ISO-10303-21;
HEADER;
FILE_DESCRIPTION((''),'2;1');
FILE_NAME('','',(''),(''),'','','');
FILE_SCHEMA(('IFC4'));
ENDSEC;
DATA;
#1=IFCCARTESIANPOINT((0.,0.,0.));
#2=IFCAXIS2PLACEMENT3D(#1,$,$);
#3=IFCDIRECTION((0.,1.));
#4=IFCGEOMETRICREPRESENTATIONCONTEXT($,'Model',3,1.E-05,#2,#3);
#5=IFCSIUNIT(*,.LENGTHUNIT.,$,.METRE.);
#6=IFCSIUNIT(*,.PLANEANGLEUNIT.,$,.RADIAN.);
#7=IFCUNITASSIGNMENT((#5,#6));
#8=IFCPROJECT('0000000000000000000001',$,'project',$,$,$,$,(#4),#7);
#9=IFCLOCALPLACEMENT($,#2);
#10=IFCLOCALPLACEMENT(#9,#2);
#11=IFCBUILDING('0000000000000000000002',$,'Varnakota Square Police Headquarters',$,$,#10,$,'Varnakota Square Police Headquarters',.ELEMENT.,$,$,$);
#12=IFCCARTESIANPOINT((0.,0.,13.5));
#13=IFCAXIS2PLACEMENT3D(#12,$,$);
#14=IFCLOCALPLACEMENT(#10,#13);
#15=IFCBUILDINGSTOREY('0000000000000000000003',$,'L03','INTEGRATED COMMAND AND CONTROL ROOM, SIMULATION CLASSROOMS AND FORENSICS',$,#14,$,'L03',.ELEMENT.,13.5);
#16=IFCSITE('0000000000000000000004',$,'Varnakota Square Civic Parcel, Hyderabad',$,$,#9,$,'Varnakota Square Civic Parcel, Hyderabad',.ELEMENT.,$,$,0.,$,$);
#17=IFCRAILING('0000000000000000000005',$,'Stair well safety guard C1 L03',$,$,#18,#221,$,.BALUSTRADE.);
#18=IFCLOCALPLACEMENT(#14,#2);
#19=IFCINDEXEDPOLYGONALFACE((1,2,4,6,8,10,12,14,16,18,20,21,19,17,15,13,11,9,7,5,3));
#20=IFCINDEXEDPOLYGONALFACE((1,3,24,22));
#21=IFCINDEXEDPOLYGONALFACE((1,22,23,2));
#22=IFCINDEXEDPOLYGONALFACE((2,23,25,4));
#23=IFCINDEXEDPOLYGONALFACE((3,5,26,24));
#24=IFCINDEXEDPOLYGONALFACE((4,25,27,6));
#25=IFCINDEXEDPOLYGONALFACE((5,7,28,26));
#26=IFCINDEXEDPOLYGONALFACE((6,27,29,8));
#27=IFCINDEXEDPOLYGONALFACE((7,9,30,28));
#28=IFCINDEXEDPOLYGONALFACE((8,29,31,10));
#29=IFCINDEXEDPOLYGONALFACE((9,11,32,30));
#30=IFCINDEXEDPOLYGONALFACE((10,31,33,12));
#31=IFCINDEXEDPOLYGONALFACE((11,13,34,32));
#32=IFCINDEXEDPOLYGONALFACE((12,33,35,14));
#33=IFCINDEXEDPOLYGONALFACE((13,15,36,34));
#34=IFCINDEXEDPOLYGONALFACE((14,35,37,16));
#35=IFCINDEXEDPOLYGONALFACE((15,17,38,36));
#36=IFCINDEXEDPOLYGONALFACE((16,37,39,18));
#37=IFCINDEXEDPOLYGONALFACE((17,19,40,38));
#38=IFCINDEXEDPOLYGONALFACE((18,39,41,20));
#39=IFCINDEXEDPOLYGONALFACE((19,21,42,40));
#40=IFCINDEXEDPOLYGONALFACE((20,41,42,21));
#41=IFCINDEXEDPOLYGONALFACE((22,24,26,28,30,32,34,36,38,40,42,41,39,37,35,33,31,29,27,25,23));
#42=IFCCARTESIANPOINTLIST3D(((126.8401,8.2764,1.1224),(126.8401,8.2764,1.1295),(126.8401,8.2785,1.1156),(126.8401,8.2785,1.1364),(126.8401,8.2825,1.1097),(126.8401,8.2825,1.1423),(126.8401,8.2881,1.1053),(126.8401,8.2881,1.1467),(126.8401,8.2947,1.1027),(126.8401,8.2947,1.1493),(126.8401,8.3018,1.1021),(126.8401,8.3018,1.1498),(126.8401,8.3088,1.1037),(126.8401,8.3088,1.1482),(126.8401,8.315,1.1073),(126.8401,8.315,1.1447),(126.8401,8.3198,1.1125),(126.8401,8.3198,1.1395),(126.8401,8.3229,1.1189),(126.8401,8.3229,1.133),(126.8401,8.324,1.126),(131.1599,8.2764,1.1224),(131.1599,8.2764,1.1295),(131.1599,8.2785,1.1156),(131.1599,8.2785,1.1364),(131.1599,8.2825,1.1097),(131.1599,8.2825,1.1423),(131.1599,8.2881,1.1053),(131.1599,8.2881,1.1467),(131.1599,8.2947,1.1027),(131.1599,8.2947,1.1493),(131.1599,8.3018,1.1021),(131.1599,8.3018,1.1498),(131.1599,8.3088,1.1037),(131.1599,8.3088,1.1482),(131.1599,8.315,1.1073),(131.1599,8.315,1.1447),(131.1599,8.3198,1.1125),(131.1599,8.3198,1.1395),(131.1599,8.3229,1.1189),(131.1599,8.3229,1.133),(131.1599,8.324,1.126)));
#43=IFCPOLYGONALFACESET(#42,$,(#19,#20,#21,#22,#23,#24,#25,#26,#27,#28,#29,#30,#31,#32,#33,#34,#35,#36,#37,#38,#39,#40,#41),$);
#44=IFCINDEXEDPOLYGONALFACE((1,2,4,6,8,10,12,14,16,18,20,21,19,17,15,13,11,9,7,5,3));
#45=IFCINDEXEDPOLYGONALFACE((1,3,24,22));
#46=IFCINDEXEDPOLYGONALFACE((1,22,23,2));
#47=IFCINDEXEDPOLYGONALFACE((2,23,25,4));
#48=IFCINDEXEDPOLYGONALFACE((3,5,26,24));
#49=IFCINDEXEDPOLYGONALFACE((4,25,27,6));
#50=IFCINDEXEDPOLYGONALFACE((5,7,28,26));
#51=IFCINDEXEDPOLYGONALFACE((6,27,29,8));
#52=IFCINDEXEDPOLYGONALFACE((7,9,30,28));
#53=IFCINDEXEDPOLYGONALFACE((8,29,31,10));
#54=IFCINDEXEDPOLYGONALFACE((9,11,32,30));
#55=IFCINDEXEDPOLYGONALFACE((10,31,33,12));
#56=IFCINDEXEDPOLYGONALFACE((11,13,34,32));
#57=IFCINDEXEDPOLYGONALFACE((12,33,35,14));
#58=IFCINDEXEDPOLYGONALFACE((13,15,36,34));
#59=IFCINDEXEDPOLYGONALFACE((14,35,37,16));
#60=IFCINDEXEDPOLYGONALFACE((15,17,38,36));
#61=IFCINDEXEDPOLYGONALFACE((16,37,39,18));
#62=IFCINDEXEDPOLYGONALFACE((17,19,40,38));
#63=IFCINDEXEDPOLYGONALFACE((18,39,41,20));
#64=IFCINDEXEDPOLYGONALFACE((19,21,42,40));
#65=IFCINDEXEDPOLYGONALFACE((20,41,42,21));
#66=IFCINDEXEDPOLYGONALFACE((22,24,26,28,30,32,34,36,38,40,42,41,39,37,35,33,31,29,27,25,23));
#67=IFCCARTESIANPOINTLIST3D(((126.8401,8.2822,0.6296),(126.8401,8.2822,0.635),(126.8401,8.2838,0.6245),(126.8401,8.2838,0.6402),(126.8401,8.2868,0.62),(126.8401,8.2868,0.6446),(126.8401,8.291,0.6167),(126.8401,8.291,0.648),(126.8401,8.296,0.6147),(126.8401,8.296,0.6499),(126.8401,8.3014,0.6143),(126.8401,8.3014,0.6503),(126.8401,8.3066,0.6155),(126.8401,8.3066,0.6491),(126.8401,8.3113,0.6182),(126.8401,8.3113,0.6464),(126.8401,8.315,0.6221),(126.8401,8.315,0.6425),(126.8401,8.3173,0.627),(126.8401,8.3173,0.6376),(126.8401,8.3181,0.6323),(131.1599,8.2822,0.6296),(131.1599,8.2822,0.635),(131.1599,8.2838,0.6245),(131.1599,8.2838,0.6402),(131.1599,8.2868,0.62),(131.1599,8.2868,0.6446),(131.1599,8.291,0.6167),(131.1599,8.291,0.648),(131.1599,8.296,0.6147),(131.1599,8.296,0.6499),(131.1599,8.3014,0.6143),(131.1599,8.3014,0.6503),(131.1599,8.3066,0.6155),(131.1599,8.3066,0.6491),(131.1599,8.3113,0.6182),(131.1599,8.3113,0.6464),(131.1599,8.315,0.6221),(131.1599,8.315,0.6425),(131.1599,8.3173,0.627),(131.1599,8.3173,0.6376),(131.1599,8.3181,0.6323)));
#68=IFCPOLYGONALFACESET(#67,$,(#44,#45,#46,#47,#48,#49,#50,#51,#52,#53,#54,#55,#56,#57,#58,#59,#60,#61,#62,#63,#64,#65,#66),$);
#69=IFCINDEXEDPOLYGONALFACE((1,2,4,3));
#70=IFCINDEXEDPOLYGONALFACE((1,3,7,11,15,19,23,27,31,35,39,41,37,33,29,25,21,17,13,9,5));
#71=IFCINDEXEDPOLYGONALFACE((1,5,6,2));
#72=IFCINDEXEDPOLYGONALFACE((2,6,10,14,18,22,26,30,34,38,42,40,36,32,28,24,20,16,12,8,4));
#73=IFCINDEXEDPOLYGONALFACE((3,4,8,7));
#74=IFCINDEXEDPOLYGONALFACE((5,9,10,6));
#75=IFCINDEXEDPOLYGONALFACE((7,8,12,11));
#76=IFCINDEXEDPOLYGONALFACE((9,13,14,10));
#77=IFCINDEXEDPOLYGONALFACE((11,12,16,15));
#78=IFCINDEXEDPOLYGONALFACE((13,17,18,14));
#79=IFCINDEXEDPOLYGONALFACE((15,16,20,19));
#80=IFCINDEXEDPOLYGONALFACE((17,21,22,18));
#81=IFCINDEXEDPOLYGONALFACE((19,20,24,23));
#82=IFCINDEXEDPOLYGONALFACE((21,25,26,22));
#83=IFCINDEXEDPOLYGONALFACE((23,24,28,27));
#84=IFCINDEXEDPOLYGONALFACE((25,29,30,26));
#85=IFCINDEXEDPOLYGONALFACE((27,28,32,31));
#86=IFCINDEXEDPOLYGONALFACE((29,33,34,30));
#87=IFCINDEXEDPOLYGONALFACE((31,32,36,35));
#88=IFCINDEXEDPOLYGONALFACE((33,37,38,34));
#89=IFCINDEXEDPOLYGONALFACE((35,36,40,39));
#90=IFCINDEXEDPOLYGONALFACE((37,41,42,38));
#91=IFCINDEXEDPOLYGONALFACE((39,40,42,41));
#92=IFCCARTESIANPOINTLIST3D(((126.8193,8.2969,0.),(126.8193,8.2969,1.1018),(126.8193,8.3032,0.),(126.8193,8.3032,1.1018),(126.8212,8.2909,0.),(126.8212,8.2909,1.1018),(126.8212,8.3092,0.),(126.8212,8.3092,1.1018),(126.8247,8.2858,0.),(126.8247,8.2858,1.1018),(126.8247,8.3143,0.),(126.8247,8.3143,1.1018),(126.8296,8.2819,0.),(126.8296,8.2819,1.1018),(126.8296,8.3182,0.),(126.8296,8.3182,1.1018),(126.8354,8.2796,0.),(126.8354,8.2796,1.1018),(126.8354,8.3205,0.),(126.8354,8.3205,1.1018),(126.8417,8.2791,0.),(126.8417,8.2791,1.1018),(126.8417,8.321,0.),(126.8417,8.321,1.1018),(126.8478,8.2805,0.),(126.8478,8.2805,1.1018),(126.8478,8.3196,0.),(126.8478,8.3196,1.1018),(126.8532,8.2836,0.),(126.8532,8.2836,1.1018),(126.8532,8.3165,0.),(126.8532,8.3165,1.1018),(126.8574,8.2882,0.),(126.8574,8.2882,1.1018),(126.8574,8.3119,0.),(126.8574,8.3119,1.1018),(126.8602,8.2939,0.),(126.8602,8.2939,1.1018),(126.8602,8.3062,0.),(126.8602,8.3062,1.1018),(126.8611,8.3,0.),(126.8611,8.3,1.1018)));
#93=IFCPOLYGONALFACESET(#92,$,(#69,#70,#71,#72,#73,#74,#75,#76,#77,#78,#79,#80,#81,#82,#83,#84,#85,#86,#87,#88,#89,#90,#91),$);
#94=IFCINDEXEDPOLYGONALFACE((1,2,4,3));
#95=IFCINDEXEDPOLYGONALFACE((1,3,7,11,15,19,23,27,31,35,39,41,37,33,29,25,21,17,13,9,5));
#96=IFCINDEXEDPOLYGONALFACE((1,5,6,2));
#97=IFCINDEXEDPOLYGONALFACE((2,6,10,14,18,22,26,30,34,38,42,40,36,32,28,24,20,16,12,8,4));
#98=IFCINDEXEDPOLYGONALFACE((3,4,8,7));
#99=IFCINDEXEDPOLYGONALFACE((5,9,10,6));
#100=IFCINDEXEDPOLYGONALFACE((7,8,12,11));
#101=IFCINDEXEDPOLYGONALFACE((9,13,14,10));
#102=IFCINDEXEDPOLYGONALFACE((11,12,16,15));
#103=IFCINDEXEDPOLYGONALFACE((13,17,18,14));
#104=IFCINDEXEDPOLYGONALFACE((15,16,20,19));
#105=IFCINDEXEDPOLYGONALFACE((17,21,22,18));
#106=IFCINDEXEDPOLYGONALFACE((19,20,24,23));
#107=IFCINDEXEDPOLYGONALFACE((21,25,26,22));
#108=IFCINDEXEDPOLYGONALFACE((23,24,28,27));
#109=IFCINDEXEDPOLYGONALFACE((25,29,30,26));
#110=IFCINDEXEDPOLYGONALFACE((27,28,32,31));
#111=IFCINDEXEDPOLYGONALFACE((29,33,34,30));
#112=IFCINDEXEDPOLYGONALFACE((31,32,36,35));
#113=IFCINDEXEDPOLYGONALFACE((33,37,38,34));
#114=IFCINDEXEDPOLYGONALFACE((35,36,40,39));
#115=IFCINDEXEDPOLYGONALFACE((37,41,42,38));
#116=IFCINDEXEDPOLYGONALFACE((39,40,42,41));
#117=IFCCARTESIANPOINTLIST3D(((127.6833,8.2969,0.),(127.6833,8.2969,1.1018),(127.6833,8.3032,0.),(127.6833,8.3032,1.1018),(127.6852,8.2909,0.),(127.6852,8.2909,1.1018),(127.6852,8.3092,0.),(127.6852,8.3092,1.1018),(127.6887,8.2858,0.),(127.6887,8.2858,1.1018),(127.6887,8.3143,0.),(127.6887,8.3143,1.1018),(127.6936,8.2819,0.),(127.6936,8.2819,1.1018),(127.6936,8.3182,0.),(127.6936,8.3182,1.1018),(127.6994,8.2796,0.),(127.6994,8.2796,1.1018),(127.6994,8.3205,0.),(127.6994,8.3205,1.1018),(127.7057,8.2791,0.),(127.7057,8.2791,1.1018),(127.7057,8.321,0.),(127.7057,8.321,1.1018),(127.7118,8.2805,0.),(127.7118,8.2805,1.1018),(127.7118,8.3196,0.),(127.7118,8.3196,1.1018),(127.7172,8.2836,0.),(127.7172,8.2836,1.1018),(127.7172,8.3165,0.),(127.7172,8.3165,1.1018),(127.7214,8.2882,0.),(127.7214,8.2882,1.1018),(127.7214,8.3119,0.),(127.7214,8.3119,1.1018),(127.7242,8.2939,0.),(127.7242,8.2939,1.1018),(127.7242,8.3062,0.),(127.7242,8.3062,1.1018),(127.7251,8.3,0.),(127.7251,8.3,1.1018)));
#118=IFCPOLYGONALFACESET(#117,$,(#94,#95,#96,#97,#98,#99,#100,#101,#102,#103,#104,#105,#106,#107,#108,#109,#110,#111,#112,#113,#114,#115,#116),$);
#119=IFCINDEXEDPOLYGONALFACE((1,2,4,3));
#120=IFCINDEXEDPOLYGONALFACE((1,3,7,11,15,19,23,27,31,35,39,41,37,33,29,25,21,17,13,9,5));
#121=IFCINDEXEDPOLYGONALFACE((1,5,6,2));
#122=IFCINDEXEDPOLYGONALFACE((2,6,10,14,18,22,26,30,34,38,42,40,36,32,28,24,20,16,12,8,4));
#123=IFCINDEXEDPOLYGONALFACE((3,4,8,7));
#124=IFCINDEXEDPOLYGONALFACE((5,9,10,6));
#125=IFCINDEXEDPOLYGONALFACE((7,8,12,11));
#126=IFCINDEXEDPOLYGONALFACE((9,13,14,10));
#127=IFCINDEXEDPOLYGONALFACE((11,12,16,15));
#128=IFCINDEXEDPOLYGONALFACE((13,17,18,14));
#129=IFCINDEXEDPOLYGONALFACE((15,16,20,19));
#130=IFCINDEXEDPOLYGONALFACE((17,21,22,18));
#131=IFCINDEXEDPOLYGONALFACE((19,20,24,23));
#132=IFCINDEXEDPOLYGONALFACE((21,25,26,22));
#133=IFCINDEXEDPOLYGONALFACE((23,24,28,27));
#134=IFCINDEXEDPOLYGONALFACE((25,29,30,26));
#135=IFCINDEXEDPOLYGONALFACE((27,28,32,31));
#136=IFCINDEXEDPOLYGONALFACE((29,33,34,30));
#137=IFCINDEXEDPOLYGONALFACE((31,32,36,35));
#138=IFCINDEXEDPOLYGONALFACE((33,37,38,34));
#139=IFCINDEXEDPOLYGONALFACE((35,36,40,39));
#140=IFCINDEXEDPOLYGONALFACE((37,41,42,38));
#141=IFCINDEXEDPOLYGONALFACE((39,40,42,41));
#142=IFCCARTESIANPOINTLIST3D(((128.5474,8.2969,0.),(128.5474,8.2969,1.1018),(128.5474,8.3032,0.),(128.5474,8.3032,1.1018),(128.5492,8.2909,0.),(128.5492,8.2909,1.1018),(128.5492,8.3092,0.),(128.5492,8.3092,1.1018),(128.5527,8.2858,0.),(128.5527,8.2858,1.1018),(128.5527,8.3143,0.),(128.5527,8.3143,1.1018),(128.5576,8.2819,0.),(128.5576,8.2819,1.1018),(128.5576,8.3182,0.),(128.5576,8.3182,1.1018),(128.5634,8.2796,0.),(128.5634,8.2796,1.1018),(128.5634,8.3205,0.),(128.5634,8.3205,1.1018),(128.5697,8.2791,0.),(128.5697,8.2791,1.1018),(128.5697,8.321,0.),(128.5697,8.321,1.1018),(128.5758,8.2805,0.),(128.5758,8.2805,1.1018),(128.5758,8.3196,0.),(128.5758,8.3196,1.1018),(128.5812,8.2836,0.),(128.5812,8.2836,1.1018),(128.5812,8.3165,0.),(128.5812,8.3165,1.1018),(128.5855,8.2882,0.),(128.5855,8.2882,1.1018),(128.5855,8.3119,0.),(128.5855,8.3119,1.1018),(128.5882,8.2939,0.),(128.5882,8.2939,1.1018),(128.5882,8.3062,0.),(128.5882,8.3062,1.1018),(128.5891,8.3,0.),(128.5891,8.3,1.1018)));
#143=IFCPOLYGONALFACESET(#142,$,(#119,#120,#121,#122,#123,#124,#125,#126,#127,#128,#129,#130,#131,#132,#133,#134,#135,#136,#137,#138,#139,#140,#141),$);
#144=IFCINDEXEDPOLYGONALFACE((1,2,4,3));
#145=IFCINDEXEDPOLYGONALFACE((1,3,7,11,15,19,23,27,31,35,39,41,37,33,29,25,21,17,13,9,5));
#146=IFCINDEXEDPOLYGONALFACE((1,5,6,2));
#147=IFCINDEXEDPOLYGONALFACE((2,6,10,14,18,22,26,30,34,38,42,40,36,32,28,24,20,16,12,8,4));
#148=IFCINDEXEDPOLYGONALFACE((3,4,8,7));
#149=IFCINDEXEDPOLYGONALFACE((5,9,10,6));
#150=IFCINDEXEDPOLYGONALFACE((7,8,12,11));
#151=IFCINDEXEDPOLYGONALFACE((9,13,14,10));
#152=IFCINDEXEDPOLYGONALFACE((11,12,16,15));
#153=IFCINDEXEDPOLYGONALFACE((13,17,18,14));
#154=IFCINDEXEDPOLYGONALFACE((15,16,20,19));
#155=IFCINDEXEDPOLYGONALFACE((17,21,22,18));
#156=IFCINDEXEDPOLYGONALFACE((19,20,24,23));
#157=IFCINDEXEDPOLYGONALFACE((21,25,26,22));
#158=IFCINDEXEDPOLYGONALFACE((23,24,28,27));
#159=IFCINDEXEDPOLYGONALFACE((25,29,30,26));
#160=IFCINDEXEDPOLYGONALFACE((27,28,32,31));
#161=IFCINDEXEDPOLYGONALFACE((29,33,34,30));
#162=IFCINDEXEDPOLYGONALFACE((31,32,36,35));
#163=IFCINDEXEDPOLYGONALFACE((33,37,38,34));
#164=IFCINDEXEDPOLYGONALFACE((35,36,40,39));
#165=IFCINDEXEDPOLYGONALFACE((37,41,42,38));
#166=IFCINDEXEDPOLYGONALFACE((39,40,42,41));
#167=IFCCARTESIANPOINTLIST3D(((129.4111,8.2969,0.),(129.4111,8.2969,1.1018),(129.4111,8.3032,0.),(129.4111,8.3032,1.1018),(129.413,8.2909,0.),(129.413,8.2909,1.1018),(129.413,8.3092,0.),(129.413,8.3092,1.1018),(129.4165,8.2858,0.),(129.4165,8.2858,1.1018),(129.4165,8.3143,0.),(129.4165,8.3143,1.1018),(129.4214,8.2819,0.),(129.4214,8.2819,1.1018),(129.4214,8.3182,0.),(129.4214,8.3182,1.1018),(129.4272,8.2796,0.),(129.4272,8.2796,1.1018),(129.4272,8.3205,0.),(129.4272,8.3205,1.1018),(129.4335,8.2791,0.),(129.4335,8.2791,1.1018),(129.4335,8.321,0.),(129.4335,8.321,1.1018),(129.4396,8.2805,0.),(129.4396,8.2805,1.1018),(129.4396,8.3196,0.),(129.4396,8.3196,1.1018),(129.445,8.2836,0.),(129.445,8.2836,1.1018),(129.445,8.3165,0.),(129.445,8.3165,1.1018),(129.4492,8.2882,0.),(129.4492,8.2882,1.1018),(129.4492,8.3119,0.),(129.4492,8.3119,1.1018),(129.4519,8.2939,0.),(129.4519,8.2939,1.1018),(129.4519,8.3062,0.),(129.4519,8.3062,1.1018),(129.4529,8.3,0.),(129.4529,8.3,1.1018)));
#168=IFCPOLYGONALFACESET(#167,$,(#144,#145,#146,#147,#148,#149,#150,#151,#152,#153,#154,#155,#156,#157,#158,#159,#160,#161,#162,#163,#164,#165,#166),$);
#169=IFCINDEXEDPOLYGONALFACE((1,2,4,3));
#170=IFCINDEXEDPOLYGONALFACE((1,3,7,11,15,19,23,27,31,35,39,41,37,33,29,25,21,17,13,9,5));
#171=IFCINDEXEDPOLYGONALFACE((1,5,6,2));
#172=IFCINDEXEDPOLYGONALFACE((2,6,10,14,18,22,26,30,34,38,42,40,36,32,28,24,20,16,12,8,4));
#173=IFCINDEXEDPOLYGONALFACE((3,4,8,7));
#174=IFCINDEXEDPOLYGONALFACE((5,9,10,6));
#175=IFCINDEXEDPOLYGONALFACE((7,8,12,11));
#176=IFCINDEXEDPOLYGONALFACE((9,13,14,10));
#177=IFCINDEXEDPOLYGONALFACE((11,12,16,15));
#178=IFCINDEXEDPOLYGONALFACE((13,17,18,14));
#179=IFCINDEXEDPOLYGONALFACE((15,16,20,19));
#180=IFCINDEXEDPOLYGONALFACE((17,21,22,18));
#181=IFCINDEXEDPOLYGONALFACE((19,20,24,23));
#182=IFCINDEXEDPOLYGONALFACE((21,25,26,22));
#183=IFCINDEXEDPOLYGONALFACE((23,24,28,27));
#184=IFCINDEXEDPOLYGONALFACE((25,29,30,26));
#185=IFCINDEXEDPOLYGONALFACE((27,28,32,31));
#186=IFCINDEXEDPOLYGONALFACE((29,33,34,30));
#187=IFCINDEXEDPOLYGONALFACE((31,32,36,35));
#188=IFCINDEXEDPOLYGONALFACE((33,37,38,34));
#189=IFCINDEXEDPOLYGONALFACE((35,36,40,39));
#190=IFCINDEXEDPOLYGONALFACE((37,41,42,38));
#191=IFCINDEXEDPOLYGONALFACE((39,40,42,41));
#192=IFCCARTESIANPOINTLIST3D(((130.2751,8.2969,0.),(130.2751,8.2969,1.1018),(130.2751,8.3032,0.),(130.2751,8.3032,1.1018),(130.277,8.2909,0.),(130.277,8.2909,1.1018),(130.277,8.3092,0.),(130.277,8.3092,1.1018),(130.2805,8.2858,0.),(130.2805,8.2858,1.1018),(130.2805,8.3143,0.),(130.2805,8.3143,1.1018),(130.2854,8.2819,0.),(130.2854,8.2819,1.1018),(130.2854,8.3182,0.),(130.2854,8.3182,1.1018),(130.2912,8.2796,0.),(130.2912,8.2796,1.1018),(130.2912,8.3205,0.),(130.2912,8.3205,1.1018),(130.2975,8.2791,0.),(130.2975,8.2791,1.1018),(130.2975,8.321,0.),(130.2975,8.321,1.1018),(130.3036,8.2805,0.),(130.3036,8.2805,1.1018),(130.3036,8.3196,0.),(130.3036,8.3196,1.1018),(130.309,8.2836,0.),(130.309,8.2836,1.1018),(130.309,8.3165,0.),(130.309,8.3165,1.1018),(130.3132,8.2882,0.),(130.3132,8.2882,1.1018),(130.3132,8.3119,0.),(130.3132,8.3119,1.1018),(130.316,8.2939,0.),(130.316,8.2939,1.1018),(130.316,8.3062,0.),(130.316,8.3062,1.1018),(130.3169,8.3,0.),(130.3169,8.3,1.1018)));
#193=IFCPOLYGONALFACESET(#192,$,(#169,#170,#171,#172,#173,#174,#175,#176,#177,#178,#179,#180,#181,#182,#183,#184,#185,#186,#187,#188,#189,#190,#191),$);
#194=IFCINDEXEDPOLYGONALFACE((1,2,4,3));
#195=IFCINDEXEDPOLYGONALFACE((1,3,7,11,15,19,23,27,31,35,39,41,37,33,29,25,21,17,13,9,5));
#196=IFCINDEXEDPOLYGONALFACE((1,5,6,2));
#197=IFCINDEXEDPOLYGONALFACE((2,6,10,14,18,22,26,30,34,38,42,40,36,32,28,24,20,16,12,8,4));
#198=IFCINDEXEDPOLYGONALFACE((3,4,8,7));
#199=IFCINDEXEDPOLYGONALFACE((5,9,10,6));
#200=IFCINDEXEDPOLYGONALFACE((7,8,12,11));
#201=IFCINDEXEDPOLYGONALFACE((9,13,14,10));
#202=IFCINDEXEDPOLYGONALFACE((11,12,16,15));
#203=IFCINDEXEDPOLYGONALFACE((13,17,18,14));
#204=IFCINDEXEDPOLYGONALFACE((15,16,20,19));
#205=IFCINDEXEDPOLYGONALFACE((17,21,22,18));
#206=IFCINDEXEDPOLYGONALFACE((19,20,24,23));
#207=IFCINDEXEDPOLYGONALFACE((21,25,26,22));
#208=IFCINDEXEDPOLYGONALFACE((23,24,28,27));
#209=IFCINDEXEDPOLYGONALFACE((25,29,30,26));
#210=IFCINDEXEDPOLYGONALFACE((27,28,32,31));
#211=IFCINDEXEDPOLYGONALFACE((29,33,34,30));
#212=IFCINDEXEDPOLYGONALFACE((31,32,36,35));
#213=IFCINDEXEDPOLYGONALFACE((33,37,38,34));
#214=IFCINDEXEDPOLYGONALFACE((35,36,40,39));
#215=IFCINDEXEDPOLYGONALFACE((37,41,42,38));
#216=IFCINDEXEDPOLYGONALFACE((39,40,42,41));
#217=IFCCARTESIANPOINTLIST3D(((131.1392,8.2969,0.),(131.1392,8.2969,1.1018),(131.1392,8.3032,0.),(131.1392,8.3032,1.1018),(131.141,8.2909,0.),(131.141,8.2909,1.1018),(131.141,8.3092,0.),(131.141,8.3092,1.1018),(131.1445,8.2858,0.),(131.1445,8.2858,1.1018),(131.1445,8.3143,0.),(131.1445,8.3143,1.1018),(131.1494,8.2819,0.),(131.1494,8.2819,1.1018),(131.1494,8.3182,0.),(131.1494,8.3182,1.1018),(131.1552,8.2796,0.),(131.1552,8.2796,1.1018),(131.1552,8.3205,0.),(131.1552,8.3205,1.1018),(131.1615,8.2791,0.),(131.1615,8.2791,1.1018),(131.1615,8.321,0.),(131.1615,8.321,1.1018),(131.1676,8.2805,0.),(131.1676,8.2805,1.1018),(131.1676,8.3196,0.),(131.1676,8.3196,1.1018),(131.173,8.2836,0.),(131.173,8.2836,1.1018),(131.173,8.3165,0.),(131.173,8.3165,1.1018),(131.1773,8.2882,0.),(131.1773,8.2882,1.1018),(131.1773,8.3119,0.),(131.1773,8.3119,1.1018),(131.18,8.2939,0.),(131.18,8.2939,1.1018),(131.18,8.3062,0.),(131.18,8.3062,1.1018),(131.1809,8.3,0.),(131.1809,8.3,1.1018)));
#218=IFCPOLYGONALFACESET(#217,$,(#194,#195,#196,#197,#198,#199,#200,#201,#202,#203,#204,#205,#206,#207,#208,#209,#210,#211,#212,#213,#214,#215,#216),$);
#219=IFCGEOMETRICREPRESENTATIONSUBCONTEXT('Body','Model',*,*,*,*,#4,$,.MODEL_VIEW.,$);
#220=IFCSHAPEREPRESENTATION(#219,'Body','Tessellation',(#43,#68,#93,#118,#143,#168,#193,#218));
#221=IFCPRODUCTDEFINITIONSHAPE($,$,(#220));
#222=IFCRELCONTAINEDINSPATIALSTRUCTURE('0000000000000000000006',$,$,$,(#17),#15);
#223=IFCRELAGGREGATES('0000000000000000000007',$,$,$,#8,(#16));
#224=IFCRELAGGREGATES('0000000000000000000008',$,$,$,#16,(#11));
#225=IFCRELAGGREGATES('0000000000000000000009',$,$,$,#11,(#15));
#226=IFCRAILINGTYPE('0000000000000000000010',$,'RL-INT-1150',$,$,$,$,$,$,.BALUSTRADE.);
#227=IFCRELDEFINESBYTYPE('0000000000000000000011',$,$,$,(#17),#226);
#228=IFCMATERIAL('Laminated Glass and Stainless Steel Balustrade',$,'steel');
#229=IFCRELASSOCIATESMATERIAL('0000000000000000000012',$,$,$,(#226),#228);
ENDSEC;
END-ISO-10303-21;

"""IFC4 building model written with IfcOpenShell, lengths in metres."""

from ifc_helpers import new_model, si_unit, direction, frame, origin, origin_2d, place, context, subcontext, project, spatial, circle, extrude, material, type_object, element, save


model = new_model("IFC4")

# Units and contexts
model_context = context("Model", 3, precision=1e-05, world=origin(), true_north=direction((0.0, 1.0)))
body_context = subcontext(model_context, "Body", "Model", "MODEL_VIEW")
ifc_project = project(units=[si_unit("LENGTHUNIT", "METRE"), si_unit("PLANEANGLEUNIT", "RADIAN")], contexts=[model_context])

# Site, building, storey
site_placement = place(None, origin())
site = spatial("IfcSite", under=ifc_project, at=site_placement, Name="Varnakota Square Civic Parcel, Hyderabad", LongName="Varnakota Square Civic Parcel, Hyderabad", CompositionType="ELEMENT", RefElevation=0.0)
building_placement = place(site_placement, origin())
building = spatial("IfcBuilding", under=site, at=building_placement, Name="Varnakota Square Police Headquarters", LongName="Varnakota Square Police Headquarters", CompositionType="ELEMENT")
storey_placement = place(building_placement, frame((0.0, 0.0, 13.5)))
storey = spatial("IfcBuildingStorey", under=building, at=storey_placement, Name="L03", Description="INTEGRATED COMMAND AND CONTROL ROOM, SIMULATION CLASSROOMS AND FORENSICS", LongName="L03", CompositionType="ELEMENT", Elevation=13.5)

# Railing
ifc_material_1 = material(Name="Laminated Glass and Stainless Steel Balustrade", Category="steel")
railing_type_1 = type_object("IfcRailingType", Name="RL-INT-1150", PredefinedType="BALUSTRADE", material=ifc_material_1)
railing_1_placement = place(storey_placement, frame((126.8401, 8.3, 0.0)))
element("IfcRailing", 1, at=railing_1_placement, inside=storey, type_object=railing_type_1, Name="Stair well safety guard C1 L03", PredefinedType="BALUSTRADE", context=body_context, shape_type="SweptSolid", body=[
    extrude(circle(Radius=0.0239, at=origin_2d()), frame((0.0, 0.0, 1.126), z_axis=(1.0, 0.0, 0.0), x_axis=(0.0, 1.0, 0.0)), (0.0, 0.0, 1.0), 4.3198),
    extrude(circle(Radius=0.0181, at=origin_2d()), frame((0.0, 0.0, 0.6323), z_axis=(1.0, 0.0, 0.0), x_axis=(0.0, 1.0, 0.0)), (0.0, 0.0, 1.0), 4.3198),
    extrude(circle(Radius=0.021, at=origin_2d()), origin(), (0.0, 0.0, 1.0), 1.1018),
    extrude(circle(Radius=0.021, at=origin_2d()), frame((0.864, 0.0, 0.0)), (0.0, 0.0, 1.0), 1.1018),
    extrude(circle(Radius=0.021, at=origin_2d()), frame((1.728, 0.0, 0.0)), (0.0, 0.0, 1.0), 1.1018),
    extrude(circle(Radius=0.021, at=origin_2d()), frame((2.5918, 0.0, 0.0)), (0.0, 0.0, 1.0), 1.1018),
    extrude(circle(Radius=0.021, at=origin_2d()), frame((3.4558, 0.0, 0.0)), (0.0, 0.0, 1.0), 1.1018),
    extrude(circle(Radius=0.021, at=origin_2d()), frame((4.3198, 0.0, 0.0)), (0.0, 0.0, 1.0), 1.1018),
])

save(model, "model.ifc")
